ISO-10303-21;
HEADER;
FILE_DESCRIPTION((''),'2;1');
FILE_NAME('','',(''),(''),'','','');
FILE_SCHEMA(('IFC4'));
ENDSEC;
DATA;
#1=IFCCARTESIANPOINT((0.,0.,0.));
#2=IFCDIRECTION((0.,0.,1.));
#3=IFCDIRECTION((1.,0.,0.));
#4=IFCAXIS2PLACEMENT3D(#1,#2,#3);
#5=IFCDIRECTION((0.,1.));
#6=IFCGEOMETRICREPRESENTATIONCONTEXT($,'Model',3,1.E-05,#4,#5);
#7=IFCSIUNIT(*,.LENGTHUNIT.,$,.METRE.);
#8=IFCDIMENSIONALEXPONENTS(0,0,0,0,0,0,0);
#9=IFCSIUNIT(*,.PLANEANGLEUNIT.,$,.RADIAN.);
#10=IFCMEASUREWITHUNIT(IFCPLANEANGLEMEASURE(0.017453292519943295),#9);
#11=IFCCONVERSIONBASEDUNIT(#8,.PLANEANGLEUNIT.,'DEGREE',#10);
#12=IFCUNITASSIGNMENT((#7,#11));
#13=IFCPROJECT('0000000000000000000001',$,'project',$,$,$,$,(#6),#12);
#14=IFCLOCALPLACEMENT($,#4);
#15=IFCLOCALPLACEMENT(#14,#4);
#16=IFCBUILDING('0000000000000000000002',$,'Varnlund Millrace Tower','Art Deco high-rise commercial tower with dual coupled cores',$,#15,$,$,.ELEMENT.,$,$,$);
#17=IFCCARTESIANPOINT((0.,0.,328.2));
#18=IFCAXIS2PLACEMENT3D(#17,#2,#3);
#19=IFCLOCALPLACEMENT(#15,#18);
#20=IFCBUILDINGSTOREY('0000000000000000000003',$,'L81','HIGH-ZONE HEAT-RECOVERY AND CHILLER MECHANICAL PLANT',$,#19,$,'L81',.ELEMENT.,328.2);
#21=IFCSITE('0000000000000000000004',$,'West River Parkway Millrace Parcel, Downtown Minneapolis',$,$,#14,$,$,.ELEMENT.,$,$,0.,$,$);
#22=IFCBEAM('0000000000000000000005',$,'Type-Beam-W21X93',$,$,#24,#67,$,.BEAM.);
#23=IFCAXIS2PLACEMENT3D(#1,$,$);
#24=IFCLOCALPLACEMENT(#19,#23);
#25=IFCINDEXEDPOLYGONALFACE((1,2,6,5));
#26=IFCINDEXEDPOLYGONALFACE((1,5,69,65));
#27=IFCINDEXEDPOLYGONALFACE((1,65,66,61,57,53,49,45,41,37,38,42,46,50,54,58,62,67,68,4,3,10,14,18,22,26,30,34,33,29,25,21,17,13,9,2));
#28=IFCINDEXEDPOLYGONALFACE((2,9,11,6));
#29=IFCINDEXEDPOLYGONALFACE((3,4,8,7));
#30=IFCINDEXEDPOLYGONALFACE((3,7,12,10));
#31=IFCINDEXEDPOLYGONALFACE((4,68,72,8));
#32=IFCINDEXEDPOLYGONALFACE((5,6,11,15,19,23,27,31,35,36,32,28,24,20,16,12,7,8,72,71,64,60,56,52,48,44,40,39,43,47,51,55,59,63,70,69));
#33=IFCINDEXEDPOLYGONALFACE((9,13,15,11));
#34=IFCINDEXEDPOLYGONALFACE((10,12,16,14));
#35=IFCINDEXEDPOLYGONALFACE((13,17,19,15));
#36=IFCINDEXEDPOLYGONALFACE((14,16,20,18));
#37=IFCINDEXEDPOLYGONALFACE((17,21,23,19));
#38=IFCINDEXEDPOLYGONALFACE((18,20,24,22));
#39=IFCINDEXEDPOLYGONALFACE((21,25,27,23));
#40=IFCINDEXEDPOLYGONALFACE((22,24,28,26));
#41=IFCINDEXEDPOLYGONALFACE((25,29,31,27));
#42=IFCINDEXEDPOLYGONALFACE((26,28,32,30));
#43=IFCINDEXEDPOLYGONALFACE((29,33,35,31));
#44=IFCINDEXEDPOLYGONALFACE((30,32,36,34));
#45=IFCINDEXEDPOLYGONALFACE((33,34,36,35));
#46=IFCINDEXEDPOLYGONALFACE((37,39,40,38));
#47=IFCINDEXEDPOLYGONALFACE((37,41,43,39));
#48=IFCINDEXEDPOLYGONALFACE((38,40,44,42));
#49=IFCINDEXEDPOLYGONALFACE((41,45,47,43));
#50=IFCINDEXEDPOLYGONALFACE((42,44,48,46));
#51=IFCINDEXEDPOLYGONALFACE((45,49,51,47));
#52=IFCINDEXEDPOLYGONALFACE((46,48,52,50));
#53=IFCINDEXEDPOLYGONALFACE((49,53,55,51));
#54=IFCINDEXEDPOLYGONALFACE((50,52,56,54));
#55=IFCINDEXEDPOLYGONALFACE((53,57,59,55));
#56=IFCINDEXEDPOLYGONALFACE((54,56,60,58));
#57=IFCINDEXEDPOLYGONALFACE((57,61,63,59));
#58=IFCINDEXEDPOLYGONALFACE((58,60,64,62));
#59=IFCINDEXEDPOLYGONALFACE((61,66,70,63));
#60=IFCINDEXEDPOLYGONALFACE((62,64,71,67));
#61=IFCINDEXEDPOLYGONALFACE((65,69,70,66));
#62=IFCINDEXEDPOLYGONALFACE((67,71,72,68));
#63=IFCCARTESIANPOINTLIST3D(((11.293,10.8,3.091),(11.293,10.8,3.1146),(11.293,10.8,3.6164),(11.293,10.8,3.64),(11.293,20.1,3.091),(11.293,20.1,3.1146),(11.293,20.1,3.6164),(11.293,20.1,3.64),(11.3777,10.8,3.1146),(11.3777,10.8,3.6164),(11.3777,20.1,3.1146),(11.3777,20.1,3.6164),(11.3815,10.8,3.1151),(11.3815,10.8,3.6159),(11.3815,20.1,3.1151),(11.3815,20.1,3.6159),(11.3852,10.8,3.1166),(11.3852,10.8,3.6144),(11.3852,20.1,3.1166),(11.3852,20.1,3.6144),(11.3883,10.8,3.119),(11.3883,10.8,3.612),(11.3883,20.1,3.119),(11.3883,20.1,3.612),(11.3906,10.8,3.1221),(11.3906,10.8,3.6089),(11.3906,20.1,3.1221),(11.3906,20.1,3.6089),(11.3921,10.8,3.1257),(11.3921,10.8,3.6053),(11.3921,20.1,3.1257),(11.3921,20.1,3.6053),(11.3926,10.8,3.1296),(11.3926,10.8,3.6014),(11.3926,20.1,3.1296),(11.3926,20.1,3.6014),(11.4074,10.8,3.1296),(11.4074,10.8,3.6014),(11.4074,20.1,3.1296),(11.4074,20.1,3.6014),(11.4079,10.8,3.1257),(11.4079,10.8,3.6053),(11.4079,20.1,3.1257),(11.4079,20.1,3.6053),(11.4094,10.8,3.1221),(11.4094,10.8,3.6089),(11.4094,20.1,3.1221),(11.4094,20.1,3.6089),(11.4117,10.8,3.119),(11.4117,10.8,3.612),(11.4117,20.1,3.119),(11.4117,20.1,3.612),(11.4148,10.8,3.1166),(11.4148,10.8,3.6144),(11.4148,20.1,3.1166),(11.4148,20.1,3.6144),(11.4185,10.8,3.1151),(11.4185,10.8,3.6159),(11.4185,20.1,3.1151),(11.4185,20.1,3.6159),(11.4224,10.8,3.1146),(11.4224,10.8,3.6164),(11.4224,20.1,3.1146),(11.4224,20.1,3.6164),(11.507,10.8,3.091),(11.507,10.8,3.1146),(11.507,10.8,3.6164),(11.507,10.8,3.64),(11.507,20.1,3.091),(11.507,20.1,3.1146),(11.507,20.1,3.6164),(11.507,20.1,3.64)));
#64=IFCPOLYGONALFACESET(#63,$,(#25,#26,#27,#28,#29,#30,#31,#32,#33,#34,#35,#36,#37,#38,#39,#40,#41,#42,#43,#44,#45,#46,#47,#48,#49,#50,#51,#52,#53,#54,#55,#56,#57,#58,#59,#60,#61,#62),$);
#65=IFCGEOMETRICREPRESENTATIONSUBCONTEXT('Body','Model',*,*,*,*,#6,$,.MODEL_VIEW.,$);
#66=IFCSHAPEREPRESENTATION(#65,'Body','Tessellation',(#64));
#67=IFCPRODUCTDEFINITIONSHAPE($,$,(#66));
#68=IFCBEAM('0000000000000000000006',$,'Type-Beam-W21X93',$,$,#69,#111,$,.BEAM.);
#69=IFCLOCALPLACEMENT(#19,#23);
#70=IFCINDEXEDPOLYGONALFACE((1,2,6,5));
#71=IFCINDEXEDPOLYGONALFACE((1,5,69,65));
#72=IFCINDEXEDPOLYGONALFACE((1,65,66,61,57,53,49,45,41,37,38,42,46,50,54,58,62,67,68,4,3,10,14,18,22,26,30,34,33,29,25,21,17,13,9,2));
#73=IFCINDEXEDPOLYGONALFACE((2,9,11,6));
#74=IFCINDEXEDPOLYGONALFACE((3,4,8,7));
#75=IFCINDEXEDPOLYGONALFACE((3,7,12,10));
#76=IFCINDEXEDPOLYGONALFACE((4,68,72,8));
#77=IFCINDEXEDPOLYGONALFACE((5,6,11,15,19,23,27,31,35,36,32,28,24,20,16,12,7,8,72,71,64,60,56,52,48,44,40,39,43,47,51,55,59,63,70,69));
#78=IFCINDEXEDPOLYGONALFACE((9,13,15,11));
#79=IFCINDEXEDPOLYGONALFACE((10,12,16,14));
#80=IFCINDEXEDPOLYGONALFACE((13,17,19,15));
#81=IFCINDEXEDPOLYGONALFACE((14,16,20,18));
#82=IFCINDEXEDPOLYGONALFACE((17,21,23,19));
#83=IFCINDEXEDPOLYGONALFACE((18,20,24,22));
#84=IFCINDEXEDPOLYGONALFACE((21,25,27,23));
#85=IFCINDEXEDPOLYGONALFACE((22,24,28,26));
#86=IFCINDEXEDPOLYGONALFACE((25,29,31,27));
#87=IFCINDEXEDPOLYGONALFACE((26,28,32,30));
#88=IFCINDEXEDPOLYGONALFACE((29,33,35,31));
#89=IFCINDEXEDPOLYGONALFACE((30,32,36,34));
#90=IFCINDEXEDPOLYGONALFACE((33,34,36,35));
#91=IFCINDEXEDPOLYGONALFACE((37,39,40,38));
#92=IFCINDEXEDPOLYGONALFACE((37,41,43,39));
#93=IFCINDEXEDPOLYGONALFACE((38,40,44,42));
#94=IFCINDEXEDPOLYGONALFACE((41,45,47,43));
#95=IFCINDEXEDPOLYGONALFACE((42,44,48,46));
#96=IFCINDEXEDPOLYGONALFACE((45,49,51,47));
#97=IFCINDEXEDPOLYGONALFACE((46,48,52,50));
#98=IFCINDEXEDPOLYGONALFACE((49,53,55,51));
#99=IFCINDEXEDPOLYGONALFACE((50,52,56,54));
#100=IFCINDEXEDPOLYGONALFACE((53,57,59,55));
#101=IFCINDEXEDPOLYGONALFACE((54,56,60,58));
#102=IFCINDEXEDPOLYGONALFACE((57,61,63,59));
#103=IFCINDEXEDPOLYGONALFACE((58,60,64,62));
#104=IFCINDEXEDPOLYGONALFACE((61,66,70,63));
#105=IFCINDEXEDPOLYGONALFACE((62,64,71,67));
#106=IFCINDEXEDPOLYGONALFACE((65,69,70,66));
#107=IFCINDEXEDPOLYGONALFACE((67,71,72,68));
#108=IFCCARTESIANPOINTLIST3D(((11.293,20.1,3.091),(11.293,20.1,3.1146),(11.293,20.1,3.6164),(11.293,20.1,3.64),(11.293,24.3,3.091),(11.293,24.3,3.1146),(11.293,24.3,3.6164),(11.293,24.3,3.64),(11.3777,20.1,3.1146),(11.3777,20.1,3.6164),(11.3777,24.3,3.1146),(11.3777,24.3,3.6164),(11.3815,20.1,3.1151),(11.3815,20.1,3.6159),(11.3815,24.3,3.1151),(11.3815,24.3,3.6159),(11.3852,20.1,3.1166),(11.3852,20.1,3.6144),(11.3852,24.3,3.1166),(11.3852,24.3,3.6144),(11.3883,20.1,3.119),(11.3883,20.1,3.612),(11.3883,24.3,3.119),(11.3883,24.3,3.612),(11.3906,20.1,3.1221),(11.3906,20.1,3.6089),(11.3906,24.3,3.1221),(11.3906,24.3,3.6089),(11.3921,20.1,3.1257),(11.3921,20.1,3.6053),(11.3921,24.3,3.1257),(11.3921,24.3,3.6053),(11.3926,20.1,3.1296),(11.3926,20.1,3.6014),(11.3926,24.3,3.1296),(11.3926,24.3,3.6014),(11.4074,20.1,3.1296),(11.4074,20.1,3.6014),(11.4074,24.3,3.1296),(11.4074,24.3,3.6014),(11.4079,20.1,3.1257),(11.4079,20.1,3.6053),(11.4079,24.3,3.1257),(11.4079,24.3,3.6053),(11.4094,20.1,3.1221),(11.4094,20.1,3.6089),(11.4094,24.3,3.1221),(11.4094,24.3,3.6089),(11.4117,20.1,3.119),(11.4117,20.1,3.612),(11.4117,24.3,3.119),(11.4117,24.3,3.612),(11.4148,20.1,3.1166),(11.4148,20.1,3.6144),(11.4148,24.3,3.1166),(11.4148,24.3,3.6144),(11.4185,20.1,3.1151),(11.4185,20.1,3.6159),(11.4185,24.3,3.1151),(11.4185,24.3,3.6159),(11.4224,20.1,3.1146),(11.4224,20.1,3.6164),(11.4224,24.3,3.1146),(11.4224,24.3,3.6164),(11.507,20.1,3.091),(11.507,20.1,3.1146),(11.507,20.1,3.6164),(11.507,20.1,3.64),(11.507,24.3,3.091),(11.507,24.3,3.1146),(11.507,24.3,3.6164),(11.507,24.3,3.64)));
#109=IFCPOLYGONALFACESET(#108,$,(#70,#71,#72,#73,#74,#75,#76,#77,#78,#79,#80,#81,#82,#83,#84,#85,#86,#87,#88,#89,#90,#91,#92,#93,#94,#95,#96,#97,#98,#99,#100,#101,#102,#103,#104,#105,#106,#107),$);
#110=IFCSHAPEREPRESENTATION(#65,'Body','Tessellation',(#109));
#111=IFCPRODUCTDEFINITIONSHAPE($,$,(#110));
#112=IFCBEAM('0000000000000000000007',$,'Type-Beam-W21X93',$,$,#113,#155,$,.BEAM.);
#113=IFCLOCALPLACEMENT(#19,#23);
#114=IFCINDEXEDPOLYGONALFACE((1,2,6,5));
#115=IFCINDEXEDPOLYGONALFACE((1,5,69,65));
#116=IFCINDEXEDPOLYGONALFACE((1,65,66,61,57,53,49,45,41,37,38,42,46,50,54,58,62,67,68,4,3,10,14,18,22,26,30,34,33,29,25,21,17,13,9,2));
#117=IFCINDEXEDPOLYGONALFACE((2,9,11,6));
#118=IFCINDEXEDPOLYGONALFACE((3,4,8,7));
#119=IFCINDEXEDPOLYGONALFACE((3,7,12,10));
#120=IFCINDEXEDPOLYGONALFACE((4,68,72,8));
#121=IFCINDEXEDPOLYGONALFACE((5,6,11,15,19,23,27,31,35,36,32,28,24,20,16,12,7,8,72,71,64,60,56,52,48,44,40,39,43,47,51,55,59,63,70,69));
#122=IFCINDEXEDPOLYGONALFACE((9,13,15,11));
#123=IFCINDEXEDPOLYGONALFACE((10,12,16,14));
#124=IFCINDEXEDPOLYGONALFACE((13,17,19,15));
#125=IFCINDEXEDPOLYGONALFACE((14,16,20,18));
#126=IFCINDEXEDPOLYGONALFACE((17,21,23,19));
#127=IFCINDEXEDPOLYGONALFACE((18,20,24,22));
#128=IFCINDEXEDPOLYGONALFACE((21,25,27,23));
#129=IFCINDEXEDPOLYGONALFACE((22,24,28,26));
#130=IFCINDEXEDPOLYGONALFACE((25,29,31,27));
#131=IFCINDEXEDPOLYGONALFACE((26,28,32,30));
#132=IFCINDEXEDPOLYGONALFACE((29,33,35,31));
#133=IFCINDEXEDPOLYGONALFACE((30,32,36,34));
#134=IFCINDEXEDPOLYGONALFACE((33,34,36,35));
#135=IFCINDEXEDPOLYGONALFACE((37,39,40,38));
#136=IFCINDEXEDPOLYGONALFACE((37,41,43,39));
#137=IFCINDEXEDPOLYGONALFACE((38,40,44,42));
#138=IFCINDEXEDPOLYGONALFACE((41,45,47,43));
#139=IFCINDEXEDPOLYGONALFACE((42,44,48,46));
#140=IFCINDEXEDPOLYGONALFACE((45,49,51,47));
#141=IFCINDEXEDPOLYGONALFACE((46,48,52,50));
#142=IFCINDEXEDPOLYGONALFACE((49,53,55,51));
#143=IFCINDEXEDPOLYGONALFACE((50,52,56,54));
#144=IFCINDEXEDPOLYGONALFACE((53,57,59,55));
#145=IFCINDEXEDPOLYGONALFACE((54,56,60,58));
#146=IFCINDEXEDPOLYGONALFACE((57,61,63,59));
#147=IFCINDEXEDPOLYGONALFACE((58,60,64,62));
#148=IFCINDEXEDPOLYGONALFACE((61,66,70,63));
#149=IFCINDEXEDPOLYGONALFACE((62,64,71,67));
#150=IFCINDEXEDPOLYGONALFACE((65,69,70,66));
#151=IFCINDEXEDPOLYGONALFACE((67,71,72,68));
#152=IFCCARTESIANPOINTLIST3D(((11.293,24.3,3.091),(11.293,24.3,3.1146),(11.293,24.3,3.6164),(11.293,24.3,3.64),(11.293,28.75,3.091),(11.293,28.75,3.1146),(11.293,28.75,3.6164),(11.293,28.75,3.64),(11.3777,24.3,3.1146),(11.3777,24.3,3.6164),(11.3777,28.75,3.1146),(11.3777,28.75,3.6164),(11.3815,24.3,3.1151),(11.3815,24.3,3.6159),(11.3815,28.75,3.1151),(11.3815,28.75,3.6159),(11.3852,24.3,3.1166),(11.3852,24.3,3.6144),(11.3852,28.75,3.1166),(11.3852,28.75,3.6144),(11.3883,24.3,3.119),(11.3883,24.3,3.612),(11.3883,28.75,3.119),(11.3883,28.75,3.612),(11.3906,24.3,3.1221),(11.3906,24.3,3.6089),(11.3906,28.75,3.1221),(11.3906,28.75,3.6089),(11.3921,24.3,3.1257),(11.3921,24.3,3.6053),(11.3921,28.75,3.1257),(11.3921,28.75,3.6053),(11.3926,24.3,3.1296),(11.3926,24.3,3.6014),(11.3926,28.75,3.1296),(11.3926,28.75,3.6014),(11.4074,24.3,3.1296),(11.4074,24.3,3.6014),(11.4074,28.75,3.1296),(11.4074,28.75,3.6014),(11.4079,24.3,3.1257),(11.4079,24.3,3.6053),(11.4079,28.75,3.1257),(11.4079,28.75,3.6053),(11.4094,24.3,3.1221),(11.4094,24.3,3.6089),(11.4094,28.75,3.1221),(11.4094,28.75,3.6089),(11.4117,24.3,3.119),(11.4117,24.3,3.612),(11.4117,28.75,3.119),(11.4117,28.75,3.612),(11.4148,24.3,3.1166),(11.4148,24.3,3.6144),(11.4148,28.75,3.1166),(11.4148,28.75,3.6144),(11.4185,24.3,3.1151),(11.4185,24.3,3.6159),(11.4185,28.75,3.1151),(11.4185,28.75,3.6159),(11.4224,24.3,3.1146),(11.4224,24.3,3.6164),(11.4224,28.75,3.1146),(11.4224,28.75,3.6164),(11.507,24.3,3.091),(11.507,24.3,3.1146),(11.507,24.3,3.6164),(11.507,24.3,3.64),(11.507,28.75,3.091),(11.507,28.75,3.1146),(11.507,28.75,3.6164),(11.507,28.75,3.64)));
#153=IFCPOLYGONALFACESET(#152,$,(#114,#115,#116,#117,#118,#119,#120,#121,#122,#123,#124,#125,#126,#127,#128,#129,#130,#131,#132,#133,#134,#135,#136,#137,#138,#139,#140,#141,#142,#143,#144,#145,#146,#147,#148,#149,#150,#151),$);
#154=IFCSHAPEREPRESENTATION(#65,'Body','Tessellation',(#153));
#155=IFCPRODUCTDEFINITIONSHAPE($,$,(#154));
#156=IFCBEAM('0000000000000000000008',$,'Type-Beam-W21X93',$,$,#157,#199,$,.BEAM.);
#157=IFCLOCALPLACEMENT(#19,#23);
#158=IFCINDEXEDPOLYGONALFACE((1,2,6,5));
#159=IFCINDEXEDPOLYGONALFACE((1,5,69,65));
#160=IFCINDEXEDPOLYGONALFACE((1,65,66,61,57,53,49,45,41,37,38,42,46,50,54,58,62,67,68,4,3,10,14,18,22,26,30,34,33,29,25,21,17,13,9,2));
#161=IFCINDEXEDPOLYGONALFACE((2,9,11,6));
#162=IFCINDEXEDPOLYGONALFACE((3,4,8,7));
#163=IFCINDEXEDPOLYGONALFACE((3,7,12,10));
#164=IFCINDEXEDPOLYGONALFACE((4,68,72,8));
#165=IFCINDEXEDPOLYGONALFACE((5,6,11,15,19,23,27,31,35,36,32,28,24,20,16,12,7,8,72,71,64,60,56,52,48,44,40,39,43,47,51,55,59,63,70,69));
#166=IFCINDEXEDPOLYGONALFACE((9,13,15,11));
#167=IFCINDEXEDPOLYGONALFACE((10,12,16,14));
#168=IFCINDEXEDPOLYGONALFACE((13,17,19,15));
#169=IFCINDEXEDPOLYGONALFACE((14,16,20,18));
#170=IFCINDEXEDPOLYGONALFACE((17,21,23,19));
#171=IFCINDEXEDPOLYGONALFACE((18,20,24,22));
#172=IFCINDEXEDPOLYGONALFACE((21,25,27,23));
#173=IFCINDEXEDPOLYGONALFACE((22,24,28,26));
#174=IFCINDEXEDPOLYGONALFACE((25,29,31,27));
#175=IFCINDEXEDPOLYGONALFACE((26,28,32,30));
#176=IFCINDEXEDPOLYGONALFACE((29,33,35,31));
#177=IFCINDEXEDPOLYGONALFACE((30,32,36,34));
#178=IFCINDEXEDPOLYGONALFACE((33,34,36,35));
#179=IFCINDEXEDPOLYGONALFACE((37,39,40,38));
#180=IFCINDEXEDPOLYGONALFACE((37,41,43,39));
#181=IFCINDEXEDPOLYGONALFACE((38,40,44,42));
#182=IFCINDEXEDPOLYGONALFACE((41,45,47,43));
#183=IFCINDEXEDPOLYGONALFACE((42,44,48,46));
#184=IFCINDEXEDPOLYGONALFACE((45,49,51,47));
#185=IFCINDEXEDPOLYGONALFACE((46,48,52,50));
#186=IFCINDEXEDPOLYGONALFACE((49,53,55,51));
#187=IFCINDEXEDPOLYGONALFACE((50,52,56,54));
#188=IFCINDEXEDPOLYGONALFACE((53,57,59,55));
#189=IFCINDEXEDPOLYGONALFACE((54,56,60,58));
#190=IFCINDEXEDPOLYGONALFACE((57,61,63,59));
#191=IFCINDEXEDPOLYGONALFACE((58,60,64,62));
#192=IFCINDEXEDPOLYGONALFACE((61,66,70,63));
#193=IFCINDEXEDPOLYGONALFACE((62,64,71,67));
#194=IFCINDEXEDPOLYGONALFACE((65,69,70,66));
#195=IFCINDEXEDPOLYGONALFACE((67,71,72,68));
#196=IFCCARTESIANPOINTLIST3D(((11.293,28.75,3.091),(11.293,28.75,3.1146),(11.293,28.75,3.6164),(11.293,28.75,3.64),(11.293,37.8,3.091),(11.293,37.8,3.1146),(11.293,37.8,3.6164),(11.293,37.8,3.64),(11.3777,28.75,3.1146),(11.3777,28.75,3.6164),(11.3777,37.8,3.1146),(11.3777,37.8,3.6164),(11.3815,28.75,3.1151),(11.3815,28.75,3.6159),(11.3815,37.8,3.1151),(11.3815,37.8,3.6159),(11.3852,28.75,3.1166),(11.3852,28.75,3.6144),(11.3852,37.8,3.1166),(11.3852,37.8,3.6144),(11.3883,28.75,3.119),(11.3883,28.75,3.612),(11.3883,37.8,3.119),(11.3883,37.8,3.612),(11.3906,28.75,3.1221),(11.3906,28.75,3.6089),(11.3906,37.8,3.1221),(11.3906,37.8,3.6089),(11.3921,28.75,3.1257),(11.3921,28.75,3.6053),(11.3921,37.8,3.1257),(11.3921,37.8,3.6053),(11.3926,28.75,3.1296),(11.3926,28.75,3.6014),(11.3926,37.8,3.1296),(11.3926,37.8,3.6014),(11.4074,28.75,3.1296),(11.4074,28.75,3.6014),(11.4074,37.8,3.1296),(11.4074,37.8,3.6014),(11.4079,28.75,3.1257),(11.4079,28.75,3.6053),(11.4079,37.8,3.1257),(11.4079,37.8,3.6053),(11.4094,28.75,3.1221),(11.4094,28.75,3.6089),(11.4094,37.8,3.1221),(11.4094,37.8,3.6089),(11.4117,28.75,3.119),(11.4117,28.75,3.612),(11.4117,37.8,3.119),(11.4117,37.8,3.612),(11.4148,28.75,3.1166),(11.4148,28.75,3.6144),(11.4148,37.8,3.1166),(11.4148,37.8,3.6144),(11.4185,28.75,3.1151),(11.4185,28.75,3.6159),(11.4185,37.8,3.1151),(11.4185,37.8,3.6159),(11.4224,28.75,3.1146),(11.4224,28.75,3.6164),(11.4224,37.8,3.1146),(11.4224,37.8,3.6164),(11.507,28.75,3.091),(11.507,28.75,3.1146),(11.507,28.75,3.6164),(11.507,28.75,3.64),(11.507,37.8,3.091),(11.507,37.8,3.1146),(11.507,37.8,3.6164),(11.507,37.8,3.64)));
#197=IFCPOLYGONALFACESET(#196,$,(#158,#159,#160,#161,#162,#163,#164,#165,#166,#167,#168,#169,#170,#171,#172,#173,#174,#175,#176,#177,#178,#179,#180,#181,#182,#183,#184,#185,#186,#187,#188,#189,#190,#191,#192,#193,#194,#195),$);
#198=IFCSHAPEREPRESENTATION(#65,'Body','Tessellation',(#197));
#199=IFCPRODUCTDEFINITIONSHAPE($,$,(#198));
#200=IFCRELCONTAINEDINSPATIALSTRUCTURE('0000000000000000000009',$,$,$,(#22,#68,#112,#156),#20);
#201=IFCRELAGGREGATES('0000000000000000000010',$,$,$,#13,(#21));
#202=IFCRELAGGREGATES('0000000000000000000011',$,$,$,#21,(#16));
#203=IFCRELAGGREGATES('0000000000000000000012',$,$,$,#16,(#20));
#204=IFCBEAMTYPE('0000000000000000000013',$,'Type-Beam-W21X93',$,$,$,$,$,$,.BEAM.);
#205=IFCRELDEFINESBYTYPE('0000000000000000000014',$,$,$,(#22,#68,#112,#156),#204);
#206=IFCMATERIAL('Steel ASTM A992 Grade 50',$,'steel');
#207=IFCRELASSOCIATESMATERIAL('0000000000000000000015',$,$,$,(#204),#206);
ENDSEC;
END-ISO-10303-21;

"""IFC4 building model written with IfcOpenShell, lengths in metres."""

from ifc_helpers import new_model, entity, si_unit, converted_unit, direction, frame, origin_with_axes, origin_2d_with_axis, place, context, subcontext, project, spatial, i_section, extrude, material, material_profile, profile_set, type_object, element, save


model = new_model("IFC4")

# Units and contexts
model_context = context("Model", 3, precision=1e-05, world=origin_with_axes(), true_north=direction((0.0, 1.0)))
body_context = subcontext(model_context, "Body", "Model", "MODEL_VIEW")
ifc_project = project(units=[si_unit("LENGTHUNIT", "METRE"), converted_unit("PLANEANGLEUNIT", "DEGREE", entity("IfcPlaneAngleMeasure", 0.017453292519943295), si_unit("PLANEANGLEUNIT", "RADIAN"), dimensions=[0, 0, 0, 0, 0, 0, 0])], contexts=[model_context])

# Site, building, storey
site_placement = place(None, origin_with_axes())
site = spatial("IfcSite", under=ifc_project, at=site_placement, Name="West River Parkway Millrace Parcel, Downtown Minneapolis", CompositionType="ELEMENT", RefElevation=0.0)
building_placement = place(site_placement, origin_with_axes())
building = spatial("IfcBuilding", under=site, at=building_placement, Name="Varnlund Millrace Tower", Description="Art Deco high-rise commercial tower with dual coupled cores", CompositionType="ELEMENT")
storey_placement = place(building_placement, frame((0.0, 0.0, 328.2), z_axis=(0.0, 0.0, 1.0), x_axis=(1.0, 0.0, 0.0)))
storey = spatial("IfcBuildingStorey", under=building, at=storey_placement, Name="L81", Description="HIGH-ZONE HEAT-RECOVERY AND CHILLER MECHANICAL PLANT", LongName="L81", CompositionType="ELEMENT", Elevation=328.2)

# Beams
ifc_material_1 = material(Name="Steel ASTM A992 Grade 50", Category="steel")
ifc_material_profile_1 = material_profile(ifc_material_1, i_section(OverallWidth=0.214, OverallDepth=0.549, WebThickness=0.0147, FlangeThickness=0.0236, FilletRadius=0.015, at=origin_2d_with_axis()), Name="Steel ASTM A992 Grade 50")
ifc_profile_set_1 = profile_set([ifc_material_profile_1], Name="Steel ASTM A992 Grade 50")
beam_type_1 = type_object("IfcBeamType", Name="Type-Beam-W21X93", PredefinedType="BEAM", material=ifc_profile_set_1)
beam_1_placement = place(storey_placement, frame((11.4, 10.8, 3.3655), z_axis=(0.0, 1.0, 0.0), x_axis=(-1.0, 0.0, 0.0)))
element("IfcBeam", 1, at=beam_1_placement, inside=storey, type_object=beam_type_1, Name="Type-Beam-W21X93", PredefinedType="BEAM", context=body_context, shape_type="SweptSolid", body=[
    extrude(i_section(OverallWidth=0.214, OverallDepth=0.549, WebThickness=0.0147, FlangeThickness=0.0236, FilletRadius=0.015, at=origin_2d_with_axis()), origin_with_axes(), (0.0, 0.0, 1.0), 9.3),
])
beam_2_placement = place(storey_placement, frame((11.4, 20.1, 3.3655), z_axis=(0.0, 1.0, 0.0), x_axis=(-1.0, 0.0, 0.0)))
element("IfcBeam", 2, at=beam_2_placement, inside=storey, type_object=beam_type_1, Name="Type-Beam-W21X93", PredefinedType="BEAM", context=body_context, shape_type="SweptSolid", body=[
    extrude(i_section(OverallWidth=0.214, OverallDepth=0.549, WebThickness=0.0147, FlangeThickness=0.0236, FilletRadius=0.015, at=origin_2d_with_axis()), origin_with_axes(), (0.0, 0.0, 1.0), 4.2),
])
beam_3_placement = place(storey_placement, frame((11.4, 24.3, 3.3655), z_axis=(0.0, 1.0, 0.0), x_axis=(-1.0, 0.0, 0.0)))
element("IfcBeam", 3, at=beam_3_placement, inside=storey, type_object=beam_type_1, Name="Type-Beam-W21X93", PredefinedType="BEAM", context=body_context, shape_type="SweptSolid", body=[
    extrude(i_section(OverallWidth=0.214, OverallDepth=0.549, WebThickness=0.0147, FlangeThickness=0.0236, FilletRadius=0.015, at=origin_2d_with_axis()), origin_with_axes(), (0.0, 0.0, 1.0), 4.45),
])
beam_4_placement = place(storey_placement, frame((11.4, 28.75, 3.3655), z_axis=(0.0, 1.0, 0.0), x_axis=(-1.0, 0.0, 0.0)))
element("IfcBeam", 4, at=beam_4_placement, inside=storey, type_object=beam_type_1, Name="Type-Beam-W21X93", PredefinedType="BEAM", context=body_context, shape_type="SweptSolid", body=[
    extrude(i_section(OverallWidth=0.214, OverallDepth=0.549, WebThickness=0.0147, FlangeThickness=0.0236, FilletRadius=0.015, at=origin_2d_with_axis()), origin_with_axes(), (0.0, 0.0, 1.0), 9.05),
])

save(model, "model.ifc")
